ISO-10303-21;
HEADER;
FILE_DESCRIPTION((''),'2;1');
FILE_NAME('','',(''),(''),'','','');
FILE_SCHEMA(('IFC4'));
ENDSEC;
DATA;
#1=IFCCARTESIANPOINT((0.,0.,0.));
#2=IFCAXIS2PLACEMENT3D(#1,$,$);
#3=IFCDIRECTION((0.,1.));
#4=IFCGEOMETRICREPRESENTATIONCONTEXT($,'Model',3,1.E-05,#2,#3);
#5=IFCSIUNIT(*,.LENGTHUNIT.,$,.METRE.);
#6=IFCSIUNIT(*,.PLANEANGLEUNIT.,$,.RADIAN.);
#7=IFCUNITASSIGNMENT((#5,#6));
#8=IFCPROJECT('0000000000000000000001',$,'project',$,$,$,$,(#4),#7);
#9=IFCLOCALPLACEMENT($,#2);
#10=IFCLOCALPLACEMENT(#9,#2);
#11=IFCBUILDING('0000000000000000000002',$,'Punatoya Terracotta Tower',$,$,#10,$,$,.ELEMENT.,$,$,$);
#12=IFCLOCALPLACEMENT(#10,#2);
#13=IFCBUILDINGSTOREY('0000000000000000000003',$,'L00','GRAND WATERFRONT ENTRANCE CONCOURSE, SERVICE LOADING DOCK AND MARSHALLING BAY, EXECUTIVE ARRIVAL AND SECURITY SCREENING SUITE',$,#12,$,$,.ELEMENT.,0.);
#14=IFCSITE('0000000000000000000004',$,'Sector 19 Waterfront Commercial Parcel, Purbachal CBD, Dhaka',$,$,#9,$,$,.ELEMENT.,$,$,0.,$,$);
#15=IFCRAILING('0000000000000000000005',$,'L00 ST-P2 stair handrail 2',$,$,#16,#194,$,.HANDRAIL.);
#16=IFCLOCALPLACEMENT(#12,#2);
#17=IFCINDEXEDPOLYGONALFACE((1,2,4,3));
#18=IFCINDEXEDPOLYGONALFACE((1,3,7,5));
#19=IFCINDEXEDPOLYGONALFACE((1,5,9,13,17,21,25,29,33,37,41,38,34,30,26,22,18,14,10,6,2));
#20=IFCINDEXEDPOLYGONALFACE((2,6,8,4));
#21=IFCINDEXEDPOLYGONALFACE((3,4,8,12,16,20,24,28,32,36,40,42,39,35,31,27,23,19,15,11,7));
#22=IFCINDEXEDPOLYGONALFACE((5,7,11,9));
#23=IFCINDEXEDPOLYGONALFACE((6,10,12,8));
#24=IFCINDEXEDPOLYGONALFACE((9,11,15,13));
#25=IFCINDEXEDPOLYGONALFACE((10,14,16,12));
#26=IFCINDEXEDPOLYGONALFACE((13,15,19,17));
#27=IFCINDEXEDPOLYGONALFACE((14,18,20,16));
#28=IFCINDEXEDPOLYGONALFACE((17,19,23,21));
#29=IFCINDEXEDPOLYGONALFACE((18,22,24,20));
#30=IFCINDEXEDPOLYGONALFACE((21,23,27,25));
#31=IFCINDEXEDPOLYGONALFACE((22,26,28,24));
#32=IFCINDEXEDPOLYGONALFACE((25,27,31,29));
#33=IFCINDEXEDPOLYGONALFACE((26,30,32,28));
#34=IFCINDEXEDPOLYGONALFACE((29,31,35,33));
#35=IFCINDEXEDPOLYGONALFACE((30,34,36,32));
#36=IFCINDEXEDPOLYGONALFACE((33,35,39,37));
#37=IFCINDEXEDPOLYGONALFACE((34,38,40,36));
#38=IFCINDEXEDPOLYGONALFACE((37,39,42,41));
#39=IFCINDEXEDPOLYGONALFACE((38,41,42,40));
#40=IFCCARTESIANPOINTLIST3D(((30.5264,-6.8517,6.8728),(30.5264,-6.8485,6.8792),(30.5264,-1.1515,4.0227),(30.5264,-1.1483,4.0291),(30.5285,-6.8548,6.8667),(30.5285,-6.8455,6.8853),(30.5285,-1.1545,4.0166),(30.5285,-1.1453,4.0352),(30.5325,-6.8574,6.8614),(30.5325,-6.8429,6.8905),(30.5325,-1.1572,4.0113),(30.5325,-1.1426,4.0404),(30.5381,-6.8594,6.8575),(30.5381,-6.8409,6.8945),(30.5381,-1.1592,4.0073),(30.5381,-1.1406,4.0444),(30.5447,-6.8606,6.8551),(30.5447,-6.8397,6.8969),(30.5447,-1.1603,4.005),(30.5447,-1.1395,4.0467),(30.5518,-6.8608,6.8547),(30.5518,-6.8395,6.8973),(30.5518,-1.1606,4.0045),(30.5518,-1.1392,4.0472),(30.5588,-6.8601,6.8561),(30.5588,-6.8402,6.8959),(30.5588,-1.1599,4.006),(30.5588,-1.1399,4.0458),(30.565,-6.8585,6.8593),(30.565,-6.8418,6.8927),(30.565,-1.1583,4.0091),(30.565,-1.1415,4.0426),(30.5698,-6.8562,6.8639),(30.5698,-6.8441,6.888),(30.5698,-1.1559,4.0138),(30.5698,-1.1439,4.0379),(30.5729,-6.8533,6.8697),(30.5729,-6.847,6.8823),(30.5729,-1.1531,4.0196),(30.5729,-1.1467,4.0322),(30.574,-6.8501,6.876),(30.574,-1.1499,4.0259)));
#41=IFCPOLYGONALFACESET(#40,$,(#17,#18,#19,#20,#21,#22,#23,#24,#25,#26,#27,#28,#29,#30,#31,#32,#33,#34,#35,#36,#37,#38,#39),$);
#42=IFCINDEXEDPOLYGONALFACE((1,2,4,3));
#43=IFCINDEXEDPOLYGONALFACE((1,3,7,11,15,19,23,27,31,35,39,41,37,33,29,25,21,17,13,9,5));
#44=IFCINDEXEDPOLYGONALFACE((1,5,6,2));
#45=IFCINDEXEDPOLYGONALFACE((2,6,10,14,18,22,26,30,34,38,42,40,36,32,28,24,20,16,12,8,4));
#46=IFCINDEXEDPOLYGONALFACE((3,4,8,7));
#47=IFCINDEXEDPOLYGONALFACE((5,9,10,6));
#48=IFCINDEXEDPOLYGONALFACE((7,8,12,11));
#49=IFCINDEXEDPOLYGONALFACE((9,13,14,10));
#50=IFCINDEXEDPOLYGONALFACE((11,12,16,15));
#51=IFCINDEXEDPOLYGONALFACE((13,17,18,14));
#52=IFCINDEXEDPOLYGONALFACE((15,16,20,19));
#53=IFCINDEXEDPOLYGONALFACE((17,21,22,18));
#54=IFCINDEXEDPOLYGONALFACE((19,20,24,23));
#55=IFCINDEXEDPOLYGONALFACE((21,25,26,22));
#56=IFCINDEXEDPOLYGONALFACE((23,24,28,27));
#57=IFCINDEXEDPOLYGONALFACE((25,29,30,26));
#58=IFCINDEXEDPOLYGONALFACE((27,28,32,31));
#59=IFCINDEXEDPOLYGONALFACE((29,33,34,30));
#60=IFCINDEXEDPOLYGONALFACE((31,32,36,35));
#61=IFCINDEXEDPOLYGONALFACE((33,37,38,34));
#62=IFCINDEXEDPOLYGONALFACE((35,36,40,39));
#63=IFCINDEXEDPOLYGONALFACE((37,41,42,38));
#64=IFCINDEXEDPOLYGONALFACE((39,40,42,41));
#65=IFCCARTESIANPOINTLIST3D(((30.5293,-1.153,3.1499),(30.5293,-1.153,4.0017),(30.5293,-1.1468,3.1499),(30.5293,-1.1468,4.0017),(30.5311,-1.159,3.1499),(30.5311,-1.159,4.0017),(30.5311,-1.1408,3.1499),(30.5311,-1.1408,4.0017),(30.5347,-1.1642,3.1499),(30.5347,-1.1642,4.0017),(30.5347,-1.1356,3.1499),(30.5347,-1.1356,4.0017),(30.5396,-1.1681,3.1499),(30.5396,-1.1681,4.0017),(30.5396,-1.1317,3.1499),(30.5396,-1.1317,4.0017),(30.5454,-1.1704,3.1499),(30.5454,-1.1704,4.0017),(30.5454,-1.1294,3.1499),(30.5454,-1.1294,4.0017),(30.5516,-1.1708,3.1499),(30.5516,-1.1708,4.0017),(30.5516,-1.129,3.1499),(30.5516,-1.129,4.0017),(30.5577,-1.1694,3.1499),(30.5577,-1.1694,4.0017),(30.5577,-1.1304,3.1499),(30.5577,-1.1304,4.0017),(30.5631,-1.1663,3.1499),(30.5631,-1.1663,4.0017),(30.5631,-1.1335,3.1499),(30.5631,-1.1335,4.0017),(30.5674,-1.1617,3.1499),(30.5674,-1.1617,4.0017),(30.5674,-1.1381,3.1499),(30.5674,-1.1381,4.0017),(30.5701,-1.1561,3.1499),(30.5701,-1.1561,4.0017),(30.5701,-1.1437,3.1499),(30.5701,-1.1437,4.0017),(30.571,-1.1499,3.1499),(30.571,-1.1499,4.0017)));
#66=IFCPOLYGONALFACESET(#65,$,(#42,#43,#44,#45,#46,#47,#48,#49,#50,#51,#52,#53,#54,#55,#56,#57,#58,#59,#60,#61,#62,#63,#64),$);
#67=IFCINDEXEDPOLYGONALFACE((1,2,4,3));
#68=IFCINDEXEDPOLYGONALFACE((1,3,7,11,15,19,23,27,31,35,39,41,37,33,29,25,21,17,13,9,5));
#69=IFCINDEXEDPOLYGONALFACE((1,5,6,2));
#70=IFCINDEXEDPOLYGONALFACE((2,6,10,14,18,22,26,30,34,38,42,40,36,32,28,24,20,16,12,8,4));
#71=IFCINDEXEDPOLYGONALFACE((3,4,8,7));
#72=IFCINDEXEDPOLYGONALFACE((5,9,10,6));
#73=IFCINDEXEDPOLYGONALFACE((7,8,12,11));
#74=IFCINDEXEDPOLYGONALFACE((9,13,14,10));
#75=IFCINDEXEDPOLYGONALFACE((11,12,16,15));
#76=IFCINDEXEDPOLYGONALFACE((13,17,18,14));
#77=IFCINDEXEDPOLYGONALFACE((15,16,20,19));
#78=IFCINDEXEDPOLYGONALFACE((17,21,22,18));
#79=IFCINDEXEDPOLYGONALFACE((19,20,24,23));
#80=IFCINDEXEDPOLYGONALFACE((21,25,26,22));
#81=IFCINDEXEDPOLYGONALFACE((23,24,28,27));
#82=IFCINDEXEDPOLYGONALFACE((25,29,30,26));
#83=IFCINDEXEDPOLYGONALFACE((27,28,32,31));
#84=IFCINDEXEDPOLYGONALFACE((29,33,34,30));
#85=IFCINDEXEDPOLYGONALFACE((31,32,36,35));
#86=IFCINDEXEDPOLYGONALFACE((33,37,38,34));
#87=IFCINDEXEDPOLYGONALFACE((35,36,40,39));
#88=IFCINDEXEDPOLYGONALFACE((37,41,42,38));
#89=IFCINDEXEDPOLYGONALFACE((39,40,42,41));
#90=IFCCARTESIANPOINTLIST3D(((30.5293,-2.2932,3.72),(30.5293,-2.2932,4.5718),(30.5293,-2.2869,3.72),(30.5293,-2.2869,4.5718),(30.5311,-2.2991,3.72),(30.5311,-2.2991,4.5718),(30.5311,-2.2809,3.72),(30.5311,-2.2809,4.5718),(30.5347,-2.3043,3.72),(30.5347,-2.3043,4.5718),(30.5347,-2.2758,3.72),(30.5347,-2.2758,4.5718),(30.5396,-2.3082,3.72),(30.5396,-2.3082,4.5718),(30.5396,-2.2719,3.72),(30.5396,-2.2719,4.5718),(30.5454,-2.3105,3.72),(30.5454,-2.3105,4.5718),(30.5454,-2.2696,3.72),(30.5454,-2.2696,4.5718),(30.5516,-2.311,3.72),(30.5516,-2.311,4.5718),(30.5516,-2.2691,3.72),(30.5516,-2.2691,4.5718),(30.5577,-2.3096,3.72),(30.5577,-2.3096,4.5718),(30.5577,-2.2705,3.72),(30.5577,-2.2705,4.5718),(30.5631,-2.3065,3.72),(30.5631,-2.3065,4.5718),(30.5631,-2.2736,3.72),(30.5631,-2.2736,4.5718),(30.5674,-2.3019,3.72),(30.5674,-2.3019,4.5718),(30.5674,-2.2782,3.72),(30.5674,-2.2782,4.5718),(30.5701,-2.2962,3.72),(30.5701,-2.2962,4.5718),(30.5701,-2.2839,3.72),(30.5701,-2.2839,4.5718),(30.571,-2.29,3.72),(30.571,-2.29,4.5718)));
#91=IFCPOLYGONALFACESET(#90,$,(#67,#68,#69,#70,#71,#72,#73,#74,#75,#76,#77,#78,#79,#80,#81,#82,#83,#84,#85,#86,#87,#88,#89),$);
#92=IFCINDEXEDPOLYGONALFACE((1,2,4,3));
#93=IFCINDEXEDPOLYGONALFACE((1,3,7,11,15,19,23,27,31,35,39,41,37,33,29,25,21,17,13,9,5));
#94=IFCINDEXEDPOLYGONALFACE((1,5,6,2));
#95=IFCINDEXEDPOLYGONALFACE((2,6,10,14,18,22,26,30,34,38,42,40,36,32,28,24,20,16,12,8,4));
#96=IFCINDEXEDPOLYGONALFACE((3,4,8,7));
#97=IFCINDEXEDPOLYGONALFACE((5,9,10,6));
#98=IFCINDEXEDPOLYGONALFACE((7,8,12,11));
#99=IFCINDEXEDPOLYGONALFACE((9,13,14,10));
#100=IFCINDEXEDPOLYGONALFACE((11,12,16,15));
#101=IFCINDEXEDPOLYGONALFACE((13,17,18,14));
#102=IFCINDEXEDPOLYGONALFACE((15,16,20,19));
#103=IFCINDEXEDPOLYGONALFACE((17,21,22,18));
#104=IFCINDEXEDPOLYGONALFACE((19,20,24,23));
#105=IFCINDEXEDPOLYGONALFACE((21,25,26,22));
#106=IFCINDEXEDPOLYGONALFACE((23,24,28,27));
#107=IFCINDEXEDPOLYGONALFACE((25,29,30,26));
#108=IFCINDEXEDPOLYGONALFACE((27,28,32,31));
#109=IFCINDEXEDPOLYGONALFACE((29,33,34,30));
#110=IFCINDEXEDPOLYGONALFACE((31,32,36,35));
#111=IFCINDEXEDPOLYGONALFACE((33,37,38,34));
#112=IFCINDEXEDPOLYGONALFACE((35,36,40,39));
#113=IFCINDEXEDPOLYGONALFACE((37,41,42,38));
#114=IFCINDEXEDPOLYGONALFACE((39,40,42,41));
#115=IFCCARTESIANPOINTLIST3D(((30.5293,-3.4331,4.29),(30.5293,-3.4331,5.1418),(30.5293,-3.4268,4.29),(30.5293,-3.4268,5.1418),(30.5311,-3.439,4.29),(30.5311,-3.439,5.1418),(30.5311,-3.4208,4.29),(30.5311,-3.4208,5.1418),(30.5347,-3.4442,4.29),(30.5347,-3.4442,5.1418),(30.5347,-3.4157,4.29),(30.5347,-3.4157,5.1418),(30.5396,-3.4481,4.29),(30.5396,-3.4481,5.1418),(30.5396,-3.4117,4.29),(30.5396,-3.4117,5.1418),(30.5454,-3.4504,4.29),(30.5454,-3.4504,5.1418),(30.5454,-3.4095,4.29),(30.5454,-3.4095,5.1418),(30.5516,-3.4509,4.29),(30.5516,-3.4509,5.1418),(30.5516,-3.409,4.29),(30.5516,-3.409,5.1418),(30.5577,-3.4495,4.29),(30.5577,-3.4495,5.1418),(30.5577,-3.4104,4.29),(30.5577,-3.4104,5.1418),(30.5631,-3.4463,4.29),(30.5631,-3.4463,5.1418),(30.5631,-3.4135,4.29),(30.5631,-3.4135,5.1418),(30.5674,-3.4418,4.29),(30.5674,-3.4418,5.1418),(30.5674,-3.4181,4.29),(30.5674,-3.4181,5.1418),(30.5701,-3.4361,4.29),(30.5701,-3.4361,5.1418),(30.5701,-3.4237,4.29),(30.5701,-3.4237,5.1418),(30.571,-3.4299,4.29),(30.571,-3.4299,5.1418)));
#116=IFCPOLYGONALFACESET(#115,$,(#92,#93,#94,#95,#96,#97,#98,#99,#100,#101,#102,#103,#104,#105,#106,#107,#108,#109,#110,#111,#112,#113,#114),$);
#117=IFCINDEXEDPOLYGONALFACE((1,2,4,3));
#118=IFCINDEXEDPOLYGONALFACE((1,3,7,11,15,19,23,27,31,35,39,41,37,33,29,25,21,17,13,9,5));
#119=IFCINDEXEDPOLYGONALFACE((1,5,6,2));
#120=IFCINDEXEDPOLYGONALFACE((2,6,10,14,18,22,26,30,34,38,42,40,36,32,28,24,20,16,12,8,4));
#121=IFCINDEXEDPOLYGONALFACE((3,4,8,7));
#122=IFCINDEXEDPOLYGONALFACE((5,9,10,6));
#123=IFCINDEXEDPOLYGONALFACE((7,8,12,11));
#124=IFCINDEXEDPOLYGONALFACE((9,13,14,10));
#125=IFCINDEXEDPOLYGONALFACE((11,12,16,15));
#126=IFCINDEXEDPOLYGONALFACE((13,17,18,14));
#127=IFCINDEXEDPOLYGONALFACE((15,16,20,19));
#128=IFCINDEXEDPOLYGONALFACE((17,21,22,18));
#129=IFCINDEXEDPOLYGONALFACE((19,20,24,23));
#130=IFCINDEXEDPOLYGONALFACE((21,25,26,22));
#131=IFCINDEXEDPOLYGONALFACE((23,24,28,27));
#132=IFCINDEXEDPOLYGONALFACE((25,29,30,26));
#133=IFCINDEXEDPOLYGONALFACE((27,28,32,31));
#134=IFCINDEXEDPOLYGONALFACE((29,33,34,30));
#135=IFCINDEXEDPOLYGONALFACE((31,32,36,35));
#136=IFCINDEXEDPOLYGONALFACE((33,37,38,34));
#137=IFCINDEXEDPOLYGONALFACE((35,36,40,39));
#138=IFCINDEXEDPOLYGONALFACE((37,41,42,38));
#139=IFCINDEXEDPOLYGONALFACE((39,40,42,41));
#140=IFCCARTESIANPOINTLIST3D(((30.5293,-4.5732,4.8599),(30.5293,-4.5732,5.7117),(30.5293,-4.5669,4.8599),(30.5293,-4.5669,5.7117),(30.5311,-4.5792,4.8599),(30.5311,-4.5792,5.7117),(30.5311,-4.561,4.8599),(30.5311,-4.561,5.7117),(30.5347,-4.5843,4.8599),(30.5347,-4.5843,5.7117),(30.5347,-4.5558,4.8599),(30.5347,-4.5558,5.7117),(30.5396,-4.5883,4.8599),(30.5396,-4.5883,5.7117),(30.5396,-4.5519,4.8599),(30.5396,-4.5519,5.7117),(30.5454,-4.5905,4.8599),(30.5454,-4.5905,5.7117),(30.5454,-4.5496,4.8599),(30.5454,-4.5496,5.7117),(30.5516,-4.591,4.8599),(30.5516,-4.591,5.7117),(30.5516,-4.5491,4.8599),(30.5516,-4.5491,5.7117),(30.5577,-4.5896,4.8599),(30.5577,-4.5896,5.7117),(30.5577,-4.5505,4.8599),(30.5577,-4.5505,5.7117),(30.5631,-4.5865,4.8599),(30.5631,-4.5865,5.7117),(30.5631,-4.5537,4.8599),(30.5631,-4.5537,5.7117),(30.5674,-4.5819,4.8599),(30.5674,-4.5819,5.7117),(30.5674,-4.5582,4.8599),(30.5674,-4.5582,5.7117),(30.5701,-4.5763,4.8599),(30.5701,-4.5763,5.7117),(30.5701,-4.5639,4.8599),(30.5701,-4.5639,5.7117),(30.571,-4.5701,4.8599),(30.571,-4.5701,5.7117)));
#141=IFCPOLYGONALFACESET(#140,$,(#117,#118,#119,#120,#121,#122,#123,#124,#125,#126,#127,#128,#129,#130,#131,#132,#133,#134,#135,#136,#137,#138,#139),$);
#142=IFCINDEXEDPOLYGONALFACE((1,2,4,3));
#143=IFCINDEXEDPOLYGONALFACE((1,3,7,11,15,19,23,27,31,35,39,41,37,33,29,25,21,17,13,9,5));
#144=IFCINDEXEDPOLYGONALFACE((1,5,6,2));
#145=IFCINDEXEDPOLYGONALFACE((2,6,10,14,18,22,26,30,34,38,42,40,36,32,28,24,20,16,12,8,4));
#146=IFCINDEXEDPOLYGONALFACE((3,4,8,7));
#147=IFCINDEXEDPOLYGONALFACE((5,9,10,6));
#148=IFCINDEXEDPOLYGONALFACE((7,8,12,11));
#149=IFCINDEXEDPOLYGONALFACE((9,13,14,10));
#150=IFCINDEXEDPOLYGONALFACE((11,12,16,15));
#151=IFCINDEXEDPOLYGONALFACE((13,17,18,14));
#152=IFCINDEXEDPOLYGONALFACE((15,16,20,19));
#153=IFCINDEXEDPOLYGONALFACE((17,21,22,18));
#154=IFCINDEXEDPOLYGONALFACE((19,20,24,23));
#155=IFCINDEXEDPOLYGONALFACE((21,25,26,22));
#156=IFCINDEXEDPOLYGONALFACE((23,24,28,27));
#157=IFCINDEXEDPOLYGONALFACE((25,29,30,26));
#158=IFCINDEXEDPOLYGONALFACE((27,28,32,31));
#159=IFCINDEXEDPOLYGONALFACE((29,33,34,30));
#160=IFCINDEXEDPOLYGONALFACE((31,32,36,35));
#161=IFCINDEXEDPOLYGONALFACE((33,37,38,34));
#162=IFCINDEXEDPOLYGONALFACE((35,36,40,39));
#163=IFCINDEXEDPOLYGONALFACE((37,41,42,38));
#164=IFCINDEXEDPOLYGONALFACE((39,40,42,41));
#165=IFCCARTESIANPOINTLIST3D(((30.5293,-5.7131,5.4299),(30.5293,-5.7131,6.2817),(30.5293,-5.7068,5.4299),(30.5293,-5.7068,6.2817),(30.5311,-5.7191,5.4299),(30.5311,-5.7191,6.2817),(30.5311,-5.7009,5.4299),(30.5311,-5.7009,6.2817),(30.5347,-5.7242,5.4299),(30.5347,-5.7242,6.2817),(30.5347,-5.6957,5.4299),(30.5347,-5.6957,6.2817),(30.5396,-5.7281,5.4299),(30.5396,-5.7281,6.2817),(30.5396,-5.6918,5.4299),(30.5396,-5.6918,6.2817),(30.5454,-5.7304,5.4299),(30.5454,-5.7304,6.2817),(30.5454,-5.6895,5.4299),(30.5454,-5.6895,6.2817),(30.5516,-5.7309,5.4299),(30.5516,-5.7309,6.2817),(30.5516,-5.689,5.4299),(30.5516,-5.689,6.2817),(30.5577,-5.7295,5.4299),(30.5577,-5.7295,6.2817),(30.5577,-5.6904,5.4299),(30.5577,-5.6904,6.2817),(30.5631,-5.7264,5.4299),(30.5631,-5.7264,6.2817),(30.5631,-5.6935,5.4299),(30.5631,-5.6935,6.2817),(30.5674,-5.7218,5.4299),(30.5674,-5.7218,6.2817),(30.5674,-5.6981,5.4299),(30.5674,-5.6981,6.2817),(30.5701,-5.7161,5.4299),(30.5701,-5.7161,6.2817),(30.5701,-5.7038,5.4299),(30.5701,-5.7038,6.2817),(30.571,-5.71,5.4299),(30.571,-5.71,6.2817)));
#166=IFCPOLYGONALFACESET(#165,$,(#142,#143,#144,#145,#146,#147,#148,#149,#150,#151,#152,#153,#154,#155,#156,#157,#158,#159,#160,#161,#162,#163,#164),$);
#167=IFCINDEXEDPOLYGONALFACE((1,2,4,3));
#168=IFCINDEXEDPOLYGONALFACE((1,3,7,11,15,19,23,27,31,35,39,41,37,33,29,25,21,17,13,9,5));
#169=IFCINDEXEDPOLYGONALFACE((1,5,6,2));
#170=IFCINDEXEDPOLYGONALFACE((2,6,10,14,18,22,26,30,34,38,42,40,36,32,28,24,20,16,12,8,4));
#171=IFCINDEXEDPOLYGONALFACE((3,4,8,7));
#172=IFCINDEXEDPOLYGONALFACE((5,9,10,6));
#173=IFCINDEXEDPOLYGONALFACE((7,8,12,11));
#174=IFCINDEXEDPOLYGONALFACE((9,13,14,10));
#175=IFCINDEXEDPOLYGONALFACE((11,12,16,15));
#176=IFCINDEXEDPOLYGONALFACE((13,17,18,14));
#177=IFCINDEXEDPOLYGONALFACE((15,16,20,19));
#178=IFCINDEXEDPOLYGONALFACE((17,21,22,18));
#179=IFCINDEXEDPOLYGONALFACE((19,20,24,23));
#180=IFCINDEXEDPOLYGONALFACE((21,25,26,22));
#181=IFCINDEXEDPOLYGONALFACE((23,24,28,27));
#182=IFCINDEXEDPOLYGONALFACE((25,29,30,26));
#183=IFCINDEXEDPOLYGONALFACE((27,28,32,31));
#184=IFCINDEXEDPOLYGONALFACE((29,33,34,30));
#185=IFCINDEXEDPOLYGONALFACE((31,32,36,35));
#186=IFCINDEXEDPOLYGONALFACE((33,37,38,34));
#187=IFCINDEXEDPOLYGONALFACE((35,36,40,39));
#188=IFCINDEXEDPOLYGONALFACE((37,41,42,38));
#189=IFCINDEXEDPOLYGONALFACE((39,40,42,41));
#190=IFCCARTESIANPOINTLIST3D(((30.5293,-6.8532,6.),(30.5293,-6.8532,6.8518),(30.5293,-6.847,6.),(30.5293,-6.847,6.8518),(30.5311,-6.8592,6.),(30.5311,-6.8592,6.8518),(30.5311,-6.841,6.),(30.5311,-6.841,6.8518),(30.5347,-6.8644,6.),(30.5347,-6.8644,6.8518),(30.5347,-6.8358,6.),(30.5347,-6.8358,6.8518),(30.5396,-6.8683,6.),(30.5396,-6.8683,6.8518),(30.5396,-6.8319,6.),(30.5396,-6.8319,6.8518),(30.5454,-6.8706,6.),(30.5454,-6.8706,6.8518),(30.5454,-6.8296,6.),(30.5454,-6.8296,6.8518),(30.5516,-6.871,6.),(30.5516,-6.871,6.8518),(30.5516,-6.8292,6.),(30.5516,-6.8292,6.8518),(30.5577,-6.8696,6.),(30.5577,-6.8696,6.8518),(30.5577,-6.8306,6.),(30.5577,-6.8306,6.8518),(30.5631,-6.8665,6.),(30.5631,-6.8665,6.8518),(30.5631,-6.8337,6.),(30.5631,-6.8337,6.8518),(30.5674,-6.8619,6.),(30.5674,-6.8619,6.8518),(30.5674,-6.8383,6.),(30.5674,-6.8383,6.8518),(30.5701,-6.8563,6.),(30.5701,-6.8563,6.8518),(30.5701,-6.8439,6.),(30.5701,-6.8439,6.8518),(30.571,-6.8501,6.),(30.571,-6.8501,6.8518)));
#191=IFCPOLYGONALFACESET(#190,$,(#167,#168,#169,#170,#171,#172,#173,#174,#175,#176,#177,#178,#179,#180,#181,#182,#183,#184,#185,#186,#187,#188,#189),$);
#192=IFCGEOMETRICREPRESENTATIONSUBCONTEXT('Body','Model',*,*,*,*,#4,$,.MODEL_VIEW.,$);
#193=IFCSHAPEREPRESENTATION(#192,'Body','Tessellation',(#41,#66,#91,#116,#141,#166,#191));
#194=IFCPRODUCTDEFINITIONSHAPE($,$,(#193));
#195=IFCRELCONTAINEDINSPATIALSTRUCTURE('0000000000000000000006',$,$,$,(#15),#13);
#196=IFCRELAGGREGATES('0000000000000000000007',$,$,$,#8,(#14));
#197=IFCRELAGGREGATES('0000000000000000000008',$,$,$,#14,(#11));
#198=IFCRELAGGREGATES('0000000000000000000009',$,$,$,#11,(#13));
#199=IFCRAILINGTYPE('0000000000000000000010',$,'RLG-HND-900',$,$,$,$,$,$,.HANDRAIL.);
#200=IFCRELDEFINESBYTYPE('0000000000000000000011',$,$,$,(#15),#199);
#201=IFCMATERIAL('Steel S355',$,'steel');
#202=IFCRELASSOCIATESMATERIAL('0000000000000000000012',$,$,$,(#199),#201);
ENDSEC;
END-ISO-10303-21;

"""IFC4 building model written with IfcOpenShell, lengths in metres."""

from ifc_helpers import new_model, si_unit, direction, frame, origin, origin_2d, place, context, subcontext, project, spatial, circle, extrude, material, type_object, element, save


model = new_model("IFC4")

# Units and contexts
model_context = context("Model", 3, precision=1e-05, world=origin(), true_north=direction((0.0, 1.0)))
body_context = subcontext(model_context, "Body", "Model", "MODEL_VIEW")
ifc_project = project(units=[si_unit("LENGTHUNIT", "METRE"), si_unit("PLANEANGLEUNIT", "RADIAN")], contexts=[model_context])

# Site, building, storey
site_placement = place(None, origin())
site = spatial("IfcSite", under=ifc_project, at=site_placement, Name="Sector 19 Waterfront Commercial Parcel, Purbachal CBD, Dhaka", CompositionType="ELEMENT", RefElevation=0.0)
building_placement = place(site_placement, origin())
building = spatial("IfcBuilding", under=site, at=building_placement, Name="Punatoya Terracotta Tower", CompositionType="ELEMENT")
storey_placement = place(building_placement, origin())
storey = spatial("IfcBuildingStorey", under=building, at=storey_placement, Name="L00", Description="GRAND WATERFRONT ENTRANCE CONCOURSE, SERVICE LOADING DOCK AND MARSHALLING BAY, EXECUTIVE ARRIVAL AND SECURITY SCREENING SUITE", CompositionType="ELEMENT", Elevation=0.0)

# Shared definitions
ifc_material_1 = material(Name="Steel S355", Category="steel")

# Railing
railing_type_1 = type_object("IfcRailingType", Name="RLG-HND-900", PredefinedType="HANDRAIL", material=ifc_material_1)
railing_1_placement = place(storey_placement, frame((30.55, -1.1499, 3.1499)))
element("IfcRailing", 1, at=railing_1_placement, inside=storey, type_object=railing_type_1, Name="L00 ST-P2 stair handrail 2", PredefinedType="HANDRAIL", context=body_context, shape_type="SweptSolid", body=[
    extrude(circle(Radius=0.0239, at=origin_2d()), frame((0.0, 0.0, 0.876), z_axis=(0.0, -0.894427, 0.447214), x_axis=(1.0, 0.0, 0.0)), (0.0, 0.0, 1.0), 6.373),
    extrude(circle(Radius=0.021, at=origin_2d()), origin(), (0.0, 0.0, 1.0), 0.8518),
    extrude(circle(Radius=0.021, at=origin_2d()), frame((0.0, -1.1401, 0.5701)), (0.0, 0.0, 1.0), 0.8518),
    extrude(circle(Radius=0.021, at=origin_2d()), frame((0.0, -2.28, 1.1401)), (0.0, 0.0, 1.0), 0.8518),
    extrude(circle(Radius=0.021, at=origin_2d()), frame((0.0, -3.4202, 1.71)), (0.0, 0.0, 1.0), 0.8518),
    extrude(circle(Radius=0.021, at=origin_2d()), frame((0.0, -4.5601, 2.28)), (0.0, 0.0, 1.0), 0.8518),
    extrude(circle(Radius=0.021, at=origin_2d()), frame((0.0, -5.7002, 2.8501)), (0.0, 0.0, 1.0), 0.8518),
])

save(model, "model.ifc")
